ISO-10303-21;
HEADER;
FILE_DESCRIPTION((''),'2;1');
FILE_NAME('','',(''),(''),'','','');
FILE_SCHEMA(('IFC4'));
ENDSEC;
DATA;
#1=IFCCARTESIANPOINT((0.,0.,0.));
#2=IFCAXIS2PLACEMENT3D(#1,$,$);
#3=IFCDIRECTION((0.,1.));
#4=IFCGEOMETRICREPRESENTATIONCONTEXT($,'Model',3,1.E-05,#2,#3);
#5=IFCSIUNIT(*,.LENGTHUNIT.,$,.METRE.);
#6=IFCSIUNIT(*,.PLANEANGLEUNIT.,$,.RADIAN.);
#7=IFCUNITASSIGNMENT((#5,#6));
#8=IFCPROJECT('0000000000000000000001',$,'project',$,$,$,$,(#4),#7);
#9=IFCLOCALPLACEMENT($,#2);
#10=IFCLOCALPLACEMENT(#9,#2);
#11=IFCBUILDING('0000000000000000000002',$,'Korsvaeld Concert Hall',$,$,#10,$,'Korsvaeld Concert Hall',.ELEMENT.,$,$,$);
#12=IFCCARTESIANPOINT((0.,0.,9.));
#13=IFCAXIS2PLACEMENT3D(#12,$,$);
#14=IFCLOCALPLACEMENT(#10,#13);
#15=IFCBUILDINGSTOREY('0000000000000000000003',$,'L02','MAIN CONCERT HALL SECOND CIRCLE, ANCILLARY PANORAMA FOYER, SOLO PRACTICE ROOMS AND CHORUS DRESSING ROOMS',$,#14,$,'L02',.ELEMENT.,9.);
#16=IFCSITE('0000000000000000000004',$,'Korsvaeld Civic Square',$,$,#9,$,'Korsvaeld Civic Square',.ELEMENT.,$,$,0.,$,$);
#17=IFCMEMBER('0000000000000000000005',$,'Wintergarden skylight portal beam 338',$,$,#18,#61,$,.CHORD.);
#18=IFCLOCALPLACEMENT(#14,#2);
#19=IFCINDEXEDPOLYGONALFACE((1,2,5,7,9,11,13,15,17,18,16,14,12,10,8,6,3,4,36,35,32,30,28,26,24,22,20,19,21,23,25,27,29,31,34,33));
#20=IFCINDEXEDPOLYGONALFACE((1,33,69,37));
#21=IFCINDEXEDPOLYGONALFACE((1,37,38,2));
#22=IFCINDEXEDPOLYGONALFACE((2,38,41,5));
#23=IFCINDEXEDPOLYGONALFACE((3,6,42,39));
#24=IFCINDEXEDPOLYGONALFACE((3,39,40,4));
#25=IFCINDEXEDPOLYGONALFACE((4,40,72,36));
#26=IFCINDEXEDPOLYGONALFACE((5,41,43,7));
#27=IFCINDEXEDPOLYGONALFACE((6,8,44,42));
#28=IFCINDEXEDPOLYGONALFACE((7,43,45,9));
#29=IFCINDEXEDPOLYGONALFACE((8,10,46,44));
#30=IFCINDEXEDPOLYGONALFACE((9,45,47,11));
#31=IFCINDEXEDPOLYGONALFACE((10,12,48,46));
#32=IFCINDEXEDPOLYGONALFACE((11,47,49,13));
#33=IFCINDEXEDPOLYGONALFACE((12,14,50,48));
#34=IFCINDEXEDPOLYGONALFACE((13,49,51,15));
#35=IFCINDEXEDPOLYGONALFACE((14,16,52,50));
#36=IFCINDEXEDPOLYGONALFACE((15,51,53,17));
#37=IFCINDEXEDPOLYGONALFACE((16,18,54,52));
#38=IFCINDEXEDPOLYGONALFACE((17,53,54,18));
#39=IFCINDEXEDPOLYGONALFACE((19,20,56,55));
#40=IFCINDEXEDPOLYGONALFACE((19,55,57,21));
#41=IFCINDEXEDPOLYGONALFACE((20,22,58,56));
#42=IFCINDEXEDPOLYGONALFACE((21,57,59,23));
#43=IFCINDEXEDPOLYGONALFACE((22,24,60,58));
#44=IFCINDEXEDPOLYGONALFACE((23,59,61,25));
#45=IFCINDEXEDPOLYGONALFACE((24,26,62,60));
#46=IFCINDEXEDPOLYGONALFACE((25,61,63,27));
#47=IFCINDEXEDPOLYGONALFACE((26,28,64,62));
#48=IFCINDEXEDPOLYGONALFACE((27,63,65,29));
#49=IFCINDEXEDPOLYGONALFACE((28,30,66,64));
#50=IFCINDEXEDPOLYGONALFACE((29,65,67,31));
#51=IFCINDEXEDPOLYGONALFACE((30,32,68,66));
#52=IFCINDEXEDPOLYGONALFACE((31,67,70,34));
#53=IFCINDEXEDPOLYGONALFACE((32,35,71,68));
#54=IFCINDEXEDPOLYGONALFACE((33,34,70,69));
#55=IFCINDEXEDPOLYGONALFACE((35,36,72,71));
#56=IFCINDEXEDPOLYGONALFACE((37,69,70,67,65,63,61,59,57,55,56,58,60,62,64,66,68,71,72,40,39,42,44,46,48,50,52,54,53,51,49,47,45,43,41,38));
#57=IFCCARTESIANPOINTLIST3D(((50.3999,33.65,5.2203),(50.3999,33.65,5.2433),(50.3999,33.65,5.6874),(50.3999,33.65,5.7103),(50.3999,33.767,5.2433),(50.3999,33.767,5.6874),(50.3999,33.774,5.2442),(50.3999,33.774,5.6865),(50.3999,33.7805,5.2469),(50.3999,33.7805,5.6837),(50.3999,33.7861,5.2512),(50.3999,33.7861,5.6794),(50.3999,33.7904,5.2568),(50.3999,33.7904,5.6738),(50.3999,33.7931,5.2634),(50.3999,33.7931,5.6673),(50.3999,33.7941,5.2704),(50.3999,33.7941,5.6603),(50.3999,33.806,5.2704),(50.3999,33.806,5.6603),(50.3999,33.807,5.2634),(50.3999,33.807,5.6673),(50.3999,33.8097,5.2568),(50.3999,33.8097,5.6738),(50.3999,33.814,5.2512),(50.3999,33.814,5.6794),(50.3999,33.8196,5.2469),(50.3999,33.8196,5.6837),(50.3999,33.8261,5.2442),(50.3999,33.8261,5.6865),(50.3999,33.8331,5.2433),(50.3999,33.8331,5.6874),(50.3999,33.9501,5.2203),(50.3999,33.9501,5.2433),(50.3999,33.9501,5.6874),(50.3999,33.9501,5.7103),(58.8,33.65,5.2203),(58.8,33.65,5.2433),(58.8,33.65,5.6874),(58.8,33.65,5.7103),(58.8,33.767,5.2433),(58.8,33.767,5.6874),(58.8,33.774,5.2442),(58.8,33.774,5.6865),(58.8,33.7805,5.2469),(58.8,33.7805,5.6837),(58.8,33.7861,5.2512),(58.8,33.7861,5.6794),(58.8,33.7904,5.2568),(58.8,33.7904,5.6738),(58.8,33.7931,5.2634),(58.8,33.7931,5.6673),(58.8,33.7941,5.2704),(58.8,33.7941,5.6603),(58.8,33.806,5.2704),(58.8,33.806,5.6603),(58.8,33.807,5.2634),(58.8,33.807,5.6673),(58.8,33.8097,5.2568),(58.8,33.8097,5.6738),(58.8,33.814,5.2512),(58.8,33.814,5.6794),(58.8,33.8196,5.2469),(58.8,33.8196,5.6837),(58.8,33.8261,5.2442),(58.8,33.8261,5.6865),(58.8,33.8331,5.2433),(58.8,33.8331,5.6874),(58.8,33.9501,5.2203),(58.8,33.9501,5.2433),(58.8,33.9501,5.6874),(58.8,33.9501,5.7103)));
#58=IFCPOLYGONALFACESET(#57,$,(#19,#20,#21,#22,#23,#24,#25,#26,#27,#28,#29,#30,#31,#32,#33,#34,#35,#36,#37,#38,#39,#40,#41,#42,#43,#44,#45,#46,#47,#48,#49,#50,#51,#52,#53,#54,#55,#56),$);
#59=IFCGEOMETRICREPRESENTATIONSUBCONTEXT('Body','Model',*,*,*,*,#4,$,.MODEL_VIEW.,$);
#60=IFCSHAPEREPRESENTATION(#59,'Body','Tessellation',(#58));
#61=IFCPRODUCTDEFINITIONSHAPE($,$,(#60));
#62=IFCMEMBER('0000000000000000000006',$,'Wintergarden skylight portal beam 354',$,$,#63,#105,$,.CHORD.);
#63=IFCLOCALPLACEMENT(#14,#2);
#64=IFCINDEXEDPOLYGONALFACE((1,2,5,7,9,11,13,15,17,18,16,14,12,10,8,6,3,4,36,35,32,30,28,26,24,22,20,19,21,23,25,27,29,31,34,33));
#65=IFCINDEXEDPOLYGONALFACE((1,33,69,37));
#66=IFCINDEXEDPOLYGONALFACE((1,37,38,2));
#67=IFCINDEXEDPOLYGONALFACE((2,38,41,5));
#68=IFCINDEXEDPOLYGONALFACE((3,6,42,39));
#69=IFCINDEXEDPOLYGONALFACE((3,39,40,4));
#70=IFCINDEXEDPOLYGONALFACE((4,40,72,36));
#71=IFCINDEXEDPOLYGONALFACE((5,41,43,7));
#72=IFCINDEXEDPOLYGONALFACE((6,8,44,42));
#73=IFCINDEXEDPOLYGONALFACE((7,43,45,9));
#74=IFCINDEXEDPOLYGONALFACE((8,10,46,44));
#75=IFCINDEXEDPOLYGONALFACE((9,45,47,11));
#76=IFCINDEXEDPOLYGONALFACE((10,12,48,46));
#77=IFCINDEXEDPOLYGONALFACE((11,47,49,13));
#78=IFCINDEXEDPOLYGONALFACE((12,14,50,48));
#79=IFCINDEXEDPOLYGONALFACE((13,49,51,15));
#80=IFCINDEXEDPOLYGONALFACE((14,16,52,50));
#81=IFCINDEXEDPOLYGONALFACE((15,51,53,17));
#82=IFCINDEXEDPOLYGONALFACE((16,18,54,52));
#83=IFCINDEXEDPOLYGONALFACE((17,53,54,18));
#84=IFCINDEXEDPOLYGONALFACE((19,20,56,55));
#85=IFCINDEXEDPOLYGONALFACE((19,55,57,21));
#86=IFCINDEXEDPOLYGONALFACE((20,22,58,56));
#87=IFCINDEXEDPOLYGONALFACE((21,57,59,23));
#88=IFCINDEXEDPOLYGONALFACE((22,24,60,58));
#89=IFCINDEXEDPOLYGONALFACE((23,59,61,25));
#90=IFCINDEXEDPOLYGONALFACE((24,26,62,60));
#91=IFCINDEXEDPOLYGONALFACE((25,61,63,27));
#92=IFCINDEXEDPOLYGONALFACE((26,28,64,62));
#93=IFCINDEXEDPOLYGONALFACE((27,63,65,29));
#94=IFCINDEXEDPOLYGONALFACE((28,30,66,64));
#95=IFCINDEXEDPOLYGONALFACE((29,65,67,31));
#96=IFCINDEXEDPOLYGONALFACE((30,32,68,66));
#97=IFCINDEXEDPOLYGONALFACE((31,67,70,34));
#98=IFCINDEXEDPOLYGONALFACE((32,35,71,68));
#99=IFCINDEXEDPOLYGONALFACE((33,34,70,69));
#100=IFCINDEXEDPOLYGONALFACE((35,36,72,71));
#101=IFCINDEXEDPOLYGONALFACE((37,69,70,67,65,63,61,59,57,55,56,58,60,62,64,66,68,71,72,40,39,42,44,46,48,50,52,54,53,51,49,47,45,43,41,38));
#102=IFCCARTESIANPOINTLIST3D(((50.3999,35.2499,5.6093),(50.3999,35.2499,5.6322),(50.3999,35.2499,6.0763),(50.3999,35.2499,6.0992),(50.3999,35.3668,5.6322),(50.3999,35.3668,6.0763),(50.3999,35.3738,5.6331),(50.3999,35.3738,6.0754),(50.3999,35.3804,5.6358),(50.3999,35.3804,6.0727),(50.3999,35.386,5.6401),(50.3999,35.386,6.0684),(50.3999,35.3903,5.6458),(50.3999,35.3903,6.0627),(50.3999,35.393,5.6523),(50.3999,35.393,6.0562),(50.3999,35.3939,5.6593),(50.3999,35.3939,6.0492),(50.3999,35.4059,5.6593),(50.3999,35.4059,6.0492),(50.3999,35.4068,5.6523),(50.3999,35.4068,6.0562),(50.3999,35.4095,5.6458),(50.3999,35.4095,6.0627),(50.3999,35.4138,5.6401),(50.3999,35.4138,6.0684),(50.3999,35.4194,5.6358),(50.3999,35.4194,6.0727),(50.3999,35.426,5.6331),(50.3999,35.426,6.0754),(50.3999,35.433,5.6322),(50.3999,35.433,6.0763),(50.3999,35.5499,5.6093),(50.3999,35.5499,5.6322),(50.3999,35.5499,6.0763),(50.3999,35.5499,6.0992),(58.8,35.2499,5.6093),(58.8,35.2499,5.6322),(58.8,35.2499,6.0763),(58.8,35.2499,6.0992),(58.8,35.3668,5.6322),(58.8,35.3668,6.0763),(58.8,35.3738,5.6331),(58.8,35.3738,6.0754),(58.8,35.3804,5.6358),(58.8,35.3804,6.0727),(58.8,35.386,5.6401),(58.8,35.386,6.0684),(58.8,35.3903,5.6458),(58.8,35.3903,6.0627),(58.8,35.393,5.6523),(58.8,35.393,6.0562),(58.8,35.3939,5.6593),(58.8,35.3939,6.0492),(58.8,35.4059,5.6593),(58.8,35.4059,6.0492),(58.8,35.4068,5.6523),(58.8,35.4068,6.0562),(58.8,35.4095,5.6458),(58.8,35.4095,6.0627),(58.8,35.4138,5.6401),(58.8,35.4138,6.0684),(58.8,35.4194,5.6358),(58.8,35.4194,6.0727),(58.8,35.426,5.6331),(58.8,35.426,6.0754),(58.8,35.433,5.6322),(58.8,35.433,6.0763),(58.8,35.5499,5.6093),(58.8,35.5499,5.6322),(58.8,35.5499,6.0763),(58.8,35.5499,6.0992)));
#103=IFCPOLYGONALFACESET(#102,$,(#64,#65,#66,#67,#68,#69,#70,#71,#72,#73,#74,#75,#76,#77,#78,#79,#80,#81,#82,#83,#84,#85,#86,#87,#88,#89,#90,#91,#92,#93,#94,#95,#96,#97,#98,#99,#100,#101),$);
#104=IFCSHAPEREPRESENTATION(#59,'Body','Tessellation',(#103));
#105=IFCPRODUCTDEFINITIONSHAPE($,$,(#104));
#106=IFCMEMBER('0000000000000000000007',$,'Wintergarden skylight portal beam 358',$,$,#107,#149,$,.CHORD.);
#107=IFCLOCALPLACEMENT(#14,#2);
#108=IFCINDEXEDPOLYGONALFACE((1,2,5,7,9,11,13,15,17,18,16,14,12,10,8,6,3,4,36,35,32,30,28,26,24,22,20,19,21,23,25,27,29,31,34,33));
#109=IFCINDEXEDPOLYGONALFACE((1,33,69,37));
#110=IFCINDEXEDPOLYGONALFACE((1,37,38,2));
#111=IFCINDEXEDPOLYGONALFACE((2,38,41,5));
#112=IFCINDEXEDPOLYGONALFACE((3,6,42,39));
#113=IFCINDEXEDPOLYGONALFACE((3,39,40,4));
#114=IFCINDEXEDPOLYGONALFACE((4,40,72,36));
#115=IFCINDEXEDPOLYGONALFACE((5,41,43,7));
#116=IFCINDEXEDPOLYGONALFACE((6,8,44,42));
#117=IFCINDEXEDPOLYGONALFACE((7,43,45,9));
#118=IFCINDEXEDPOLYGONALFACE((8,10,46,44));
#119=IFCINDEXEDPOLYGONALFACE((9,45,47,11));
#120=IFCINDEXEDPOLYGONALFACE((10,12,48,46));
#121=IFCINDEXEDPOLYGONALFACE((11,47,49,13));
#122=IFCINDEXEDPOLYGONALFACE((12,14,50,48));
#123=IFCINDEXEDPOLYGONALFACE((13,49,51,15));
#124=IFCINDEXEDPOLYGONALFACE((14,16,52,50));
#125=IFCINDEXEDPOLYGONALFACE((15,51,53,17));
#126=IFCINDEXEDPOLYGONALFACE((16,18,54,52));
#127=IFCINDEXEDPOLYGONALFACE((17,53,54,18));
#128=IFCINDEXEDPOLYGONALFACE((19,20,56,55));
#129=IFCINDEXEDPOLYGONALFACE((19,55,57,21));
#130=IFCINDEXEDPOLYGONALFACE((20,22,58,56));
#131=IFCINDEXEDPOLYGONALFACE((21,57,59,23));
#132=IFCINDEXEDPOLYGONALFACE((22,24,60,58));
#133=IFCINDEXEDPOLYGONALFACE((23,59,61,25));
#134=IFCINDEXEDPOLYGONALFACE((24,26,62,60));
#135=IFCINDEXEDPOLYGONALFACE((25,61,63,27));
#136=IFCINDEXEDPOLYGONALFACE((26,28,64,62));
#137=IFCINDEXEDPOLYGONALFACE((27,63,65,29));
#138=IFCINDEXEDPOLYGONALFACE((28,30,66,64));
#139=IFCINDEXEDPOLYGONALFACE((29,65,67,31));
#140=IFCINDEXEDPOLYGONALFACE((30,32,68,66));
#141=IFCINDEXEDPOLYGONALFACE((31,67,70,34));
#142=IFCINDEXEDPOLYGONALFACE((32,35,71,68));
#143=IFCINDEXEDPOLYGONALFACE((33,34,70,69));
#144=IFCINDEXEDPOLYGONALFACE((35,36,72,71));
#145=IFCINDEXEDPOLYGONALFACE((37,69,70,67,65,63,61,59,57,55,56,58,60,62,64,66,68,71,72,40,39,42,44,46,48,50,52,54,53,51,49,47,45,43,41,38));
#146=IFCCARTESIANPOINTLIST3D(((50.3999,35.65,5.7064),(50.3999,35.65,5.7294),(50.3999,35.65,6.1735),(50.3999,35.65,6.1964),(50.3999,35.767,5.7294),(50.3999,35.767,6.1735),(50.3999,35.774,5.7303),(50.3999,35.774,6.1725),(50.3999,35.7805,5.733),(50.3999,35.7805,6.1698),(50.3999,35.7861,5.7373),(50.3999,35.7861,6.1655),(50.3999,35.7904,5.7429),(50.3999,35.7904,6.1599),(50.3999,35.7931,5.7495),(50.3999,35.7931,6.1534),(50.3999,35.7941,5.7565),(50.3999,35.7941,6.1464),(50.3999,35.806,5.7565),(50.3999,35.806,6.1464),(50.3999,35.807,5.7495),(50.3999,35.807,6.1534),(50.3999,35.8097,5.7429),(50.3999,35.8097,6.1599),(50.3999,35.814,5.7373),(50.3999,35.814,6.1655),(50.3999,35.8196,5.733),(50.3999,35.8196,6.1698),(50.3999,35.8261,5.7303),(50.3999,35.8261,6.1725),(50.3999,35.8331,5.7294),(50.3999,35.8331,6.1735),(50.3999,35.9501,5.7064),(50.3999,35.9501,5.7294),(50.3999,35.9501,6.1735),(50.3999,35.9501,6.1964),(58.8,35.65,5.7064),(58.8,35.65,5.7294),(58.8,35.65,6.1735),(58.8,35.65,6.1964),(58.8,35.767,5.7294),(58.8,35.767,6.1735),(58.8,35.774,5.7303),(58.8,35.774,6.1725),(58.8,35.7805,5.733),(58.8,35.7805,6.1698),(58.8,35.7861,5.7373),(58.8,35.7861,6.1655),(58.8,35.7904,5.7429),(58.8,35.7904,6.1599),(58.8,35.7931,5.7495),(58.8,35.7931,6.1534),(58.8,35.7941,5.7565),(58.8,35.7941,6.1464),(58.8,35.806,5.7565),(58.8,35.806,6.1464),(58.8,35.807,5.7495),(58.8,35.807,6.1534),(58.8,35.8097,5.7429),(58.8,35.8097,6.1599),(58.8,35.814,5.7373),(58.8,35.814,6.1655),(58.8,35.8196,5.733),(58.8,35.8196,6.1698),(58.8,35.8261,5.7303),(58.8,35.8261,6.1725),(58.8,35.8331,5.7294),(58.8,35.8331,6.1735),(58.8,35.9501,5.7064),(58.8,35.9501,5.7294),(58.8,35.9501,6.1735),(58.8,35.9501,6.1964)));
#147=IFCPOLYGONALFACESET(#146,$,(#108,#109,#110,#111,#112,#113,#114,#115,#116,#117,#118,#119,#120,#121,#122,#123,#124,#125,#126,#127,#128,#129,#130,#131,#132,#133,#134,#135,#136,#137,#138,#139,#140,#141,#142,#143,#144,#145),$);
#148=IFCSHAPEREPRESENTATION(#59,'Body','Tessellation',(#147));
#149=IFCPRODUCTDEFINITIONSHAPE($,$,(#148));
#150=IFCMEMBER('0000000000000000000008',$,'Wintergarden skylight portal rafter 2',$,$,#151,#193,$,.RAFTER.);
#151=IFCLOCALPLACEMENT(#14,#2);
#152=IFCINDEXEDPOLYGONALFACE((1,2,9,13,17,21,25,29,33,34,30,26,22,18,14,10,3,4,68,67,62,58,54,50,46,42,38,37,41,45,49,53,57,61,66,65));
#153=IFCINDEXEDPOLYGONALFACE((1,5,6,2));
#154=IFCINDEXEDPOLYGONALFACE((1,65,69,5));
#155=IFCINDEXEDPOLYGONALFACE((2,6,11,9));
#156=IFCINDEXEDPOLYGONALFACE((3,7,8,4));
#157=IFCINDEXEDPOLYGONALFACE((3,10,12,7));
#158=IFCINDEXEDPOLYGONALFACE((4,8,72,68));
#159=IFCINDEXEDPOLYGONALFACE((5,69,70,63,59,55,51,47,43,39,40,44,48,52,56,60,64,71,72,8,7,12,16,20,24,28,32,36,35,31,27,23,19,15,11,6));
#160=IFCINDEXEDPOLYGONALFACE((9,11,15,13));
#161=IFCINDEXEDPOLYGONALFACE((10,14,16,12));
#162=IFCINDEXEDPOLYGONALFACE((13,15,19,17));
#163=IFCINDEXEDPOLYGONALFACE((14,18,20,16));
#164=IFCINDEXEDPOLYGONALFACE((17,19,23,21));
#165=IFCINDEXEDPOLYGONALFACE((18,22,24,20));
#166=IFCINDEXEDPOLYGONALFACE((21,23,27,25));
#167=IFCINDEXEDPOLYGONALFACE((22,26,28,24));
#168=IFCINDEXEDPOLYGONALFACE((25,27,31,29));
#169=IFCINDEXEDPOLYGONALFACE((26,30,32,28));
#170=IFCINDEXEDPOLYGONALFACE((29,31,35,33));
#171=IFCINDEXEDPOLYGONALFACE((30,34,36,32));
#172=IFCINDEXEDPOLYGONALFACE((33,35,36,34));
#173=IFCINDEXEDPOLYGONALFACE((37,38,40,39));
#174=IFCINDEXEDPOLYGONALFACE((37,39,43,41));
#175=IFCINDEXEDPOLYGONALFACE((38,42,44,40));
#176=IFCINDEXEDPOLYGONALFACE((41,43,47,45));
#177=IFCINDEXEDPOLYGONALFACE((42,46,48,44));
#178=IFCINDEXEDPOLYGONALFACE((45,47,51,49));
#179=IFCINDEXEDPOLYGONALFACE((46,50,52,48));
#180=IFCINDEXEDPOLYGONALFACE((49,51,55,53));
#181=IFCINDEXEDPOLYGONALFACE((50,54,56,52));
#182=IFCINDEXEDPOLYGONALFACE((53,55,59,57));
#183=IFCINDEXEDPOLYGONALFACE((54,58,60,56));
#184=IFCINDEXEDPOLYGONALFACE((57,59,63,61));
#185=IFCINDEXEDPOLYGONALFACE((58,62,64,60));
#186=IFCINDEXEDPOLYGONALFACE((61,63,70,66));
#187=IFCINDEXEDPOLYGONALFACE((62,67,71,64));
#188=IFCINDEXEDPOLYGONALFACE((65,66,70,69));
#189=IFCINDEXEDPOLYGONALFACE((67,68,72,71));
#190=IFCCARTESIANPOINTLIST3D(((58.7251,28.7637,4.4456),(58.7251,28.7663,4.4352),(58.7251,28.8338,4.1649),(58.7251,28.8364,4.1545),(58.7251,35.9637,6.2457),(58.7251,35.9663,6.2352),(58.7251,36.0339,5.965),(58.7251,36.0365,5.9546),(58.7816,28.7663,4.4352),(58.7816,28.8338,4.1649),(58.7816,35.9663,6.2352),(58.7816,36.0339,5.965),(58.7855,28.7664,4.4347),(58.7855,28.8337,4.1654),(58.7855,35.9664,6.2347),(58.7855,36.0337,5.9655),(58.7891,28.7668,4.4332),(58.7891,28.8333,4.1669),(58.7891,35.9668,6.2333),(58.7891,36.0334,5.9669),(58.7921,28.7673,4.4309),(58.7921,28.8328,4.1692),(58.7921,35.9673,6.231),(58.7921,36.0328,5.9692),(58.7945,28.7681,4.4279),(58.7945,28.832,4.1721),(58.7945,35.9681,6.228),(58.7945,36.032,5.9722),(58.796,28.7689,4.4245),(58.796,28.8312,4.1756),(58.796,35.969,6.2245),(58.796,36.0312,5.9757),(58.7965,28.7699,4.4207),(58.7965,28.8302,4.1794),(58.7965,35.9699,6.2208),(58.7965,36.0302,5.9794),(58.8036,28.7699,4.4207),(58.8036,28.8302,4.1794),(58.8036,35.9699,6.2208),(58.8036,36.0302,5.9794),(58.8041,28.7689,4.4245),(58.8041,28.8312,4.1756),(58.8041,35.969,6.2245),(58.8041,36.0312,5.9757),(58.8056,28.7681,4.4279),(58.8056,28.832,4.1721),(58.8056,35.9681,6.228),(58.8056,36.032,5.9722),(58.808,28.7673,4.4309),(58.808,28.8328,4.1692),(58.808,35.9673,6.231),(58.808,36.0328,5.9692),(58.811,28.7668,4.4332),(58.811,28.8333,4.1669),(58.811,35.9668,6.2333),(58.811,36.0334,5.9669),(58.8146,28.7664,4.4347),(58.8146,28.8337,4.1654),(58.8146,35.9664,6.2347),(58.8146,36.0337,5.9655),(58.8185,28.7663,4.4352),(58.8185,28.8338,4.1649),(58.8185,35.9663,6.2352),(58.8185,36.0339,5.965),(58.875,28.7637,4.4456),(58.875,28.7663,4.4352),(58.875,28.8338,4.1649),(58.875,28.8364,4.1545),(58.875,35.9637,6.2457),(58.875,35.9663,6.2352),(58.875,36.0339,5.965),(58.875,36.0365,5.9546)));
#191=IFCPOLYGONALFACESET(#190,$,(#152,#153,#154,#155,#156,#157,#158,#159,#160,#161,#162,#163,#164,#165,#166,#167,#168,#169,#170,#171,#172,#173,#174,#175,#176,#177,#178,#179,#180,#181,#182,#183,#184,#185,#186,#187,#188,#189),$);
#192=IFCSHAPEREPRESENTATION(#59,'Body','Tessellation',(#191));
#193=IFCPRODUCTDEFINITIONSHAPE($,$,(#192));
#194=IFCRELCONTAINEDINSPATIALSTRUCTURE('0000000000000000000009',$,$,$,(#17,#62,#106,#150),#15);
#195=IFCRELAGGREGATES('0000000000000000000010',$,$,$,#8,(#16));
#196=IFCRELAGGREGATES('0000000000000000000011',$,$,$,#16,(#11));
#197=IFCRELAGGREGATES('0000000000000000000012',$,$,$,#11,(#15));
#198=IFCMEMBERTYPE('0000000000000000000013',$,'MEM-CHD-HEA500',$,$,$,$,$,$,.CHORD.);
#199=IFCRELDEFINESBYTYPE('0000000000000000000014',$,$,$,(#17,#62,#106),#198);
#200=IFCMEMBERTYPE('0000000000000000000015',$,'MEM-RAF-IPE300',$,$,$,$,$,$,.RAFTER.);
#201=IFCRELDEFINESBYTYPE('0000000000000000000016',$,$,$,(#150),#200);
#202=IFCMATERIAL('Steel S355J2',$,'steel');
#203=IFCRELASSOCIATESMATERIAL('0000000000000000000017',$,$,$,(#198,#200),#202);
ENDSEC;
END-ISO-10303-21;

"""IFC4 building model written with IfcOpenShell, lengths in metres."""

from ifc_helpers import new_model, si_unit, direction, frame, origin, origin_2d, place, context, subcontext, project, spatial, i_section, extrude, material, material_profile, profile_set, type_object, element, save


model = new_model("IFC4")

# Units and contexts
model_context = context("Model", 3, precision=1e-05, world=origin(), true_north=direction((0.0, 1.0)))
body_context = subcontext(model_context, "Body", "Model", "MODEL_VIEW")
ifc_project = project(units=[si_unit("LENGTHUNIT", "METRE"), si_unit("PLANEANGLEUNIT", "RADIAN")], contexts=[model_context])

# Site, building, storey
site_placement = place(None, origin())
site = spatial("IfcSite", under=ifc_project, at=site_placement, Name="Korsvaeld Civic Square", LongName="Korsvaeld Civic Square", CompositionType="ELEMENT", RefElevation=0.0)
building_placement = place(site_placement, origin())
building = spatial("IfcBuilding", under=site, at=building_placement, Name="Korsvaeld Concert Hall", LongName="Korsvaeld Concert Hall", CompositionType="ELEMENT")
storey_placement = place(building_placement, frame((0.0, 0.0, 9.0)))
storey = spatial("IfcBuildingStorey", under=building, at=storey_placement, Name="L02", Description="MAIN CONCERT HALL SECOND CIRCLE, ANCILLARY PANORAMA FOYER, SOLO PRACTICE ROOMS AND CHORUS DRESSING ROOMS", LongName="L02", CompositionType="ELEMENT", Elevation=9.0)

# Shared definitions
ifc_material_1 = material(Name="Steel S355J2", Category="steel")

# Members
ifc_material_profile_1 = material_profile(ifc_material_1, i_section(OverallWidth=0.3, OverallDepth=0.49, WebThickness=0.012, FlangeThickness=0.0229, FilletRadius=0.0271, at=origin_2d()), Name="HEA 500")
ifc_profile_set_1 = profile_set([ifc_material_profile_1], Name="Steel S355J2")
member_type_1 = type_object("IfcMemberType", Name="MEM-CHD-HEA500", PredefinedType="CHORD", material=ifc_profile_set_1)
for number, where, z_axis, x_axis, name in (
    (1, (50.3999, 33.8, 5.4653), (1.0, 0.0, 0.0), (0.0, 1.0, 0.0), "Wintergarden skylight portal beam 338"),
    (2, (50.3999, 35.3999, 5.8542), (1.0, 0.0, 0.0), (0.0, 1.0, 0.0), "Wintergarden skylight portal beam 354"),
    (3, (50.3999, 35.8, 5.9514), (1.0, 0.0, 0.0), (0.0, 1.0, 0.0), "Wintergarden skylight portal beam 358"),
):
    element("IfcMember", number, at=place(storey_placement, frame(where, z_axis=z_axis, x_axis=x_axis)), inside=storey, type_object=member_type_1, Name=name, PredefinedType="CHORD", context=body_context, shape_type="SweptSolid", body=[
        extrude(i_section(OverallWidth=0.3, OverallDepth=0.49, WebThickness=0.012, FlangeThickness=0.0229, FilletRadius=0.0271, at=origin_2d()), origin(), (0.0, 0.0, 1.0), 8.4001),
    ])
ifc_material_profile_2 = material_profile(ifc_material_1, i_section(OverallWidth=0.1499, OverallDepth=0.3, WebThickness=0.0071, FlangeThickness=0.0107, FilletRadius=0.0149, at=origin_2d()), Name="IPE 300")
ifc_profile_set_2 = profile_set([ifc_material_profile_2], Name="Steel S355J2")
member_type_2 = type_object("IfcMemberType", Name="MEM-RAF-IPE300", PredefinedType="RAFTER", material=ifc_profile_set_2)
member_1_placement = place(storey_placement, frame((58.8, 28.8, 4.3), z_axis=(0.0, 0.970141, 0.242543), x_axis=(-1.0, 0.0, 0.0)))
element("IfcMember", 4, at=member_1_placement, inside=storey, type_object=member_type_2, Name="Wintergarden skylight portal rafter 2", PredefinedType="RAFTER", context=body_context, shape_type="SweptSolid", body=[
    extrude(i_section(OverallWidth=0.1499, OverallDepth=0.3, WebThickness=0.0071, FlangeThickness=0.0107, FilletRadius=0.0149, at=origin_2d()), origin(), (0.0, 0.0, 1.0), 7.4216),
])

save(model, "model.ifc")
